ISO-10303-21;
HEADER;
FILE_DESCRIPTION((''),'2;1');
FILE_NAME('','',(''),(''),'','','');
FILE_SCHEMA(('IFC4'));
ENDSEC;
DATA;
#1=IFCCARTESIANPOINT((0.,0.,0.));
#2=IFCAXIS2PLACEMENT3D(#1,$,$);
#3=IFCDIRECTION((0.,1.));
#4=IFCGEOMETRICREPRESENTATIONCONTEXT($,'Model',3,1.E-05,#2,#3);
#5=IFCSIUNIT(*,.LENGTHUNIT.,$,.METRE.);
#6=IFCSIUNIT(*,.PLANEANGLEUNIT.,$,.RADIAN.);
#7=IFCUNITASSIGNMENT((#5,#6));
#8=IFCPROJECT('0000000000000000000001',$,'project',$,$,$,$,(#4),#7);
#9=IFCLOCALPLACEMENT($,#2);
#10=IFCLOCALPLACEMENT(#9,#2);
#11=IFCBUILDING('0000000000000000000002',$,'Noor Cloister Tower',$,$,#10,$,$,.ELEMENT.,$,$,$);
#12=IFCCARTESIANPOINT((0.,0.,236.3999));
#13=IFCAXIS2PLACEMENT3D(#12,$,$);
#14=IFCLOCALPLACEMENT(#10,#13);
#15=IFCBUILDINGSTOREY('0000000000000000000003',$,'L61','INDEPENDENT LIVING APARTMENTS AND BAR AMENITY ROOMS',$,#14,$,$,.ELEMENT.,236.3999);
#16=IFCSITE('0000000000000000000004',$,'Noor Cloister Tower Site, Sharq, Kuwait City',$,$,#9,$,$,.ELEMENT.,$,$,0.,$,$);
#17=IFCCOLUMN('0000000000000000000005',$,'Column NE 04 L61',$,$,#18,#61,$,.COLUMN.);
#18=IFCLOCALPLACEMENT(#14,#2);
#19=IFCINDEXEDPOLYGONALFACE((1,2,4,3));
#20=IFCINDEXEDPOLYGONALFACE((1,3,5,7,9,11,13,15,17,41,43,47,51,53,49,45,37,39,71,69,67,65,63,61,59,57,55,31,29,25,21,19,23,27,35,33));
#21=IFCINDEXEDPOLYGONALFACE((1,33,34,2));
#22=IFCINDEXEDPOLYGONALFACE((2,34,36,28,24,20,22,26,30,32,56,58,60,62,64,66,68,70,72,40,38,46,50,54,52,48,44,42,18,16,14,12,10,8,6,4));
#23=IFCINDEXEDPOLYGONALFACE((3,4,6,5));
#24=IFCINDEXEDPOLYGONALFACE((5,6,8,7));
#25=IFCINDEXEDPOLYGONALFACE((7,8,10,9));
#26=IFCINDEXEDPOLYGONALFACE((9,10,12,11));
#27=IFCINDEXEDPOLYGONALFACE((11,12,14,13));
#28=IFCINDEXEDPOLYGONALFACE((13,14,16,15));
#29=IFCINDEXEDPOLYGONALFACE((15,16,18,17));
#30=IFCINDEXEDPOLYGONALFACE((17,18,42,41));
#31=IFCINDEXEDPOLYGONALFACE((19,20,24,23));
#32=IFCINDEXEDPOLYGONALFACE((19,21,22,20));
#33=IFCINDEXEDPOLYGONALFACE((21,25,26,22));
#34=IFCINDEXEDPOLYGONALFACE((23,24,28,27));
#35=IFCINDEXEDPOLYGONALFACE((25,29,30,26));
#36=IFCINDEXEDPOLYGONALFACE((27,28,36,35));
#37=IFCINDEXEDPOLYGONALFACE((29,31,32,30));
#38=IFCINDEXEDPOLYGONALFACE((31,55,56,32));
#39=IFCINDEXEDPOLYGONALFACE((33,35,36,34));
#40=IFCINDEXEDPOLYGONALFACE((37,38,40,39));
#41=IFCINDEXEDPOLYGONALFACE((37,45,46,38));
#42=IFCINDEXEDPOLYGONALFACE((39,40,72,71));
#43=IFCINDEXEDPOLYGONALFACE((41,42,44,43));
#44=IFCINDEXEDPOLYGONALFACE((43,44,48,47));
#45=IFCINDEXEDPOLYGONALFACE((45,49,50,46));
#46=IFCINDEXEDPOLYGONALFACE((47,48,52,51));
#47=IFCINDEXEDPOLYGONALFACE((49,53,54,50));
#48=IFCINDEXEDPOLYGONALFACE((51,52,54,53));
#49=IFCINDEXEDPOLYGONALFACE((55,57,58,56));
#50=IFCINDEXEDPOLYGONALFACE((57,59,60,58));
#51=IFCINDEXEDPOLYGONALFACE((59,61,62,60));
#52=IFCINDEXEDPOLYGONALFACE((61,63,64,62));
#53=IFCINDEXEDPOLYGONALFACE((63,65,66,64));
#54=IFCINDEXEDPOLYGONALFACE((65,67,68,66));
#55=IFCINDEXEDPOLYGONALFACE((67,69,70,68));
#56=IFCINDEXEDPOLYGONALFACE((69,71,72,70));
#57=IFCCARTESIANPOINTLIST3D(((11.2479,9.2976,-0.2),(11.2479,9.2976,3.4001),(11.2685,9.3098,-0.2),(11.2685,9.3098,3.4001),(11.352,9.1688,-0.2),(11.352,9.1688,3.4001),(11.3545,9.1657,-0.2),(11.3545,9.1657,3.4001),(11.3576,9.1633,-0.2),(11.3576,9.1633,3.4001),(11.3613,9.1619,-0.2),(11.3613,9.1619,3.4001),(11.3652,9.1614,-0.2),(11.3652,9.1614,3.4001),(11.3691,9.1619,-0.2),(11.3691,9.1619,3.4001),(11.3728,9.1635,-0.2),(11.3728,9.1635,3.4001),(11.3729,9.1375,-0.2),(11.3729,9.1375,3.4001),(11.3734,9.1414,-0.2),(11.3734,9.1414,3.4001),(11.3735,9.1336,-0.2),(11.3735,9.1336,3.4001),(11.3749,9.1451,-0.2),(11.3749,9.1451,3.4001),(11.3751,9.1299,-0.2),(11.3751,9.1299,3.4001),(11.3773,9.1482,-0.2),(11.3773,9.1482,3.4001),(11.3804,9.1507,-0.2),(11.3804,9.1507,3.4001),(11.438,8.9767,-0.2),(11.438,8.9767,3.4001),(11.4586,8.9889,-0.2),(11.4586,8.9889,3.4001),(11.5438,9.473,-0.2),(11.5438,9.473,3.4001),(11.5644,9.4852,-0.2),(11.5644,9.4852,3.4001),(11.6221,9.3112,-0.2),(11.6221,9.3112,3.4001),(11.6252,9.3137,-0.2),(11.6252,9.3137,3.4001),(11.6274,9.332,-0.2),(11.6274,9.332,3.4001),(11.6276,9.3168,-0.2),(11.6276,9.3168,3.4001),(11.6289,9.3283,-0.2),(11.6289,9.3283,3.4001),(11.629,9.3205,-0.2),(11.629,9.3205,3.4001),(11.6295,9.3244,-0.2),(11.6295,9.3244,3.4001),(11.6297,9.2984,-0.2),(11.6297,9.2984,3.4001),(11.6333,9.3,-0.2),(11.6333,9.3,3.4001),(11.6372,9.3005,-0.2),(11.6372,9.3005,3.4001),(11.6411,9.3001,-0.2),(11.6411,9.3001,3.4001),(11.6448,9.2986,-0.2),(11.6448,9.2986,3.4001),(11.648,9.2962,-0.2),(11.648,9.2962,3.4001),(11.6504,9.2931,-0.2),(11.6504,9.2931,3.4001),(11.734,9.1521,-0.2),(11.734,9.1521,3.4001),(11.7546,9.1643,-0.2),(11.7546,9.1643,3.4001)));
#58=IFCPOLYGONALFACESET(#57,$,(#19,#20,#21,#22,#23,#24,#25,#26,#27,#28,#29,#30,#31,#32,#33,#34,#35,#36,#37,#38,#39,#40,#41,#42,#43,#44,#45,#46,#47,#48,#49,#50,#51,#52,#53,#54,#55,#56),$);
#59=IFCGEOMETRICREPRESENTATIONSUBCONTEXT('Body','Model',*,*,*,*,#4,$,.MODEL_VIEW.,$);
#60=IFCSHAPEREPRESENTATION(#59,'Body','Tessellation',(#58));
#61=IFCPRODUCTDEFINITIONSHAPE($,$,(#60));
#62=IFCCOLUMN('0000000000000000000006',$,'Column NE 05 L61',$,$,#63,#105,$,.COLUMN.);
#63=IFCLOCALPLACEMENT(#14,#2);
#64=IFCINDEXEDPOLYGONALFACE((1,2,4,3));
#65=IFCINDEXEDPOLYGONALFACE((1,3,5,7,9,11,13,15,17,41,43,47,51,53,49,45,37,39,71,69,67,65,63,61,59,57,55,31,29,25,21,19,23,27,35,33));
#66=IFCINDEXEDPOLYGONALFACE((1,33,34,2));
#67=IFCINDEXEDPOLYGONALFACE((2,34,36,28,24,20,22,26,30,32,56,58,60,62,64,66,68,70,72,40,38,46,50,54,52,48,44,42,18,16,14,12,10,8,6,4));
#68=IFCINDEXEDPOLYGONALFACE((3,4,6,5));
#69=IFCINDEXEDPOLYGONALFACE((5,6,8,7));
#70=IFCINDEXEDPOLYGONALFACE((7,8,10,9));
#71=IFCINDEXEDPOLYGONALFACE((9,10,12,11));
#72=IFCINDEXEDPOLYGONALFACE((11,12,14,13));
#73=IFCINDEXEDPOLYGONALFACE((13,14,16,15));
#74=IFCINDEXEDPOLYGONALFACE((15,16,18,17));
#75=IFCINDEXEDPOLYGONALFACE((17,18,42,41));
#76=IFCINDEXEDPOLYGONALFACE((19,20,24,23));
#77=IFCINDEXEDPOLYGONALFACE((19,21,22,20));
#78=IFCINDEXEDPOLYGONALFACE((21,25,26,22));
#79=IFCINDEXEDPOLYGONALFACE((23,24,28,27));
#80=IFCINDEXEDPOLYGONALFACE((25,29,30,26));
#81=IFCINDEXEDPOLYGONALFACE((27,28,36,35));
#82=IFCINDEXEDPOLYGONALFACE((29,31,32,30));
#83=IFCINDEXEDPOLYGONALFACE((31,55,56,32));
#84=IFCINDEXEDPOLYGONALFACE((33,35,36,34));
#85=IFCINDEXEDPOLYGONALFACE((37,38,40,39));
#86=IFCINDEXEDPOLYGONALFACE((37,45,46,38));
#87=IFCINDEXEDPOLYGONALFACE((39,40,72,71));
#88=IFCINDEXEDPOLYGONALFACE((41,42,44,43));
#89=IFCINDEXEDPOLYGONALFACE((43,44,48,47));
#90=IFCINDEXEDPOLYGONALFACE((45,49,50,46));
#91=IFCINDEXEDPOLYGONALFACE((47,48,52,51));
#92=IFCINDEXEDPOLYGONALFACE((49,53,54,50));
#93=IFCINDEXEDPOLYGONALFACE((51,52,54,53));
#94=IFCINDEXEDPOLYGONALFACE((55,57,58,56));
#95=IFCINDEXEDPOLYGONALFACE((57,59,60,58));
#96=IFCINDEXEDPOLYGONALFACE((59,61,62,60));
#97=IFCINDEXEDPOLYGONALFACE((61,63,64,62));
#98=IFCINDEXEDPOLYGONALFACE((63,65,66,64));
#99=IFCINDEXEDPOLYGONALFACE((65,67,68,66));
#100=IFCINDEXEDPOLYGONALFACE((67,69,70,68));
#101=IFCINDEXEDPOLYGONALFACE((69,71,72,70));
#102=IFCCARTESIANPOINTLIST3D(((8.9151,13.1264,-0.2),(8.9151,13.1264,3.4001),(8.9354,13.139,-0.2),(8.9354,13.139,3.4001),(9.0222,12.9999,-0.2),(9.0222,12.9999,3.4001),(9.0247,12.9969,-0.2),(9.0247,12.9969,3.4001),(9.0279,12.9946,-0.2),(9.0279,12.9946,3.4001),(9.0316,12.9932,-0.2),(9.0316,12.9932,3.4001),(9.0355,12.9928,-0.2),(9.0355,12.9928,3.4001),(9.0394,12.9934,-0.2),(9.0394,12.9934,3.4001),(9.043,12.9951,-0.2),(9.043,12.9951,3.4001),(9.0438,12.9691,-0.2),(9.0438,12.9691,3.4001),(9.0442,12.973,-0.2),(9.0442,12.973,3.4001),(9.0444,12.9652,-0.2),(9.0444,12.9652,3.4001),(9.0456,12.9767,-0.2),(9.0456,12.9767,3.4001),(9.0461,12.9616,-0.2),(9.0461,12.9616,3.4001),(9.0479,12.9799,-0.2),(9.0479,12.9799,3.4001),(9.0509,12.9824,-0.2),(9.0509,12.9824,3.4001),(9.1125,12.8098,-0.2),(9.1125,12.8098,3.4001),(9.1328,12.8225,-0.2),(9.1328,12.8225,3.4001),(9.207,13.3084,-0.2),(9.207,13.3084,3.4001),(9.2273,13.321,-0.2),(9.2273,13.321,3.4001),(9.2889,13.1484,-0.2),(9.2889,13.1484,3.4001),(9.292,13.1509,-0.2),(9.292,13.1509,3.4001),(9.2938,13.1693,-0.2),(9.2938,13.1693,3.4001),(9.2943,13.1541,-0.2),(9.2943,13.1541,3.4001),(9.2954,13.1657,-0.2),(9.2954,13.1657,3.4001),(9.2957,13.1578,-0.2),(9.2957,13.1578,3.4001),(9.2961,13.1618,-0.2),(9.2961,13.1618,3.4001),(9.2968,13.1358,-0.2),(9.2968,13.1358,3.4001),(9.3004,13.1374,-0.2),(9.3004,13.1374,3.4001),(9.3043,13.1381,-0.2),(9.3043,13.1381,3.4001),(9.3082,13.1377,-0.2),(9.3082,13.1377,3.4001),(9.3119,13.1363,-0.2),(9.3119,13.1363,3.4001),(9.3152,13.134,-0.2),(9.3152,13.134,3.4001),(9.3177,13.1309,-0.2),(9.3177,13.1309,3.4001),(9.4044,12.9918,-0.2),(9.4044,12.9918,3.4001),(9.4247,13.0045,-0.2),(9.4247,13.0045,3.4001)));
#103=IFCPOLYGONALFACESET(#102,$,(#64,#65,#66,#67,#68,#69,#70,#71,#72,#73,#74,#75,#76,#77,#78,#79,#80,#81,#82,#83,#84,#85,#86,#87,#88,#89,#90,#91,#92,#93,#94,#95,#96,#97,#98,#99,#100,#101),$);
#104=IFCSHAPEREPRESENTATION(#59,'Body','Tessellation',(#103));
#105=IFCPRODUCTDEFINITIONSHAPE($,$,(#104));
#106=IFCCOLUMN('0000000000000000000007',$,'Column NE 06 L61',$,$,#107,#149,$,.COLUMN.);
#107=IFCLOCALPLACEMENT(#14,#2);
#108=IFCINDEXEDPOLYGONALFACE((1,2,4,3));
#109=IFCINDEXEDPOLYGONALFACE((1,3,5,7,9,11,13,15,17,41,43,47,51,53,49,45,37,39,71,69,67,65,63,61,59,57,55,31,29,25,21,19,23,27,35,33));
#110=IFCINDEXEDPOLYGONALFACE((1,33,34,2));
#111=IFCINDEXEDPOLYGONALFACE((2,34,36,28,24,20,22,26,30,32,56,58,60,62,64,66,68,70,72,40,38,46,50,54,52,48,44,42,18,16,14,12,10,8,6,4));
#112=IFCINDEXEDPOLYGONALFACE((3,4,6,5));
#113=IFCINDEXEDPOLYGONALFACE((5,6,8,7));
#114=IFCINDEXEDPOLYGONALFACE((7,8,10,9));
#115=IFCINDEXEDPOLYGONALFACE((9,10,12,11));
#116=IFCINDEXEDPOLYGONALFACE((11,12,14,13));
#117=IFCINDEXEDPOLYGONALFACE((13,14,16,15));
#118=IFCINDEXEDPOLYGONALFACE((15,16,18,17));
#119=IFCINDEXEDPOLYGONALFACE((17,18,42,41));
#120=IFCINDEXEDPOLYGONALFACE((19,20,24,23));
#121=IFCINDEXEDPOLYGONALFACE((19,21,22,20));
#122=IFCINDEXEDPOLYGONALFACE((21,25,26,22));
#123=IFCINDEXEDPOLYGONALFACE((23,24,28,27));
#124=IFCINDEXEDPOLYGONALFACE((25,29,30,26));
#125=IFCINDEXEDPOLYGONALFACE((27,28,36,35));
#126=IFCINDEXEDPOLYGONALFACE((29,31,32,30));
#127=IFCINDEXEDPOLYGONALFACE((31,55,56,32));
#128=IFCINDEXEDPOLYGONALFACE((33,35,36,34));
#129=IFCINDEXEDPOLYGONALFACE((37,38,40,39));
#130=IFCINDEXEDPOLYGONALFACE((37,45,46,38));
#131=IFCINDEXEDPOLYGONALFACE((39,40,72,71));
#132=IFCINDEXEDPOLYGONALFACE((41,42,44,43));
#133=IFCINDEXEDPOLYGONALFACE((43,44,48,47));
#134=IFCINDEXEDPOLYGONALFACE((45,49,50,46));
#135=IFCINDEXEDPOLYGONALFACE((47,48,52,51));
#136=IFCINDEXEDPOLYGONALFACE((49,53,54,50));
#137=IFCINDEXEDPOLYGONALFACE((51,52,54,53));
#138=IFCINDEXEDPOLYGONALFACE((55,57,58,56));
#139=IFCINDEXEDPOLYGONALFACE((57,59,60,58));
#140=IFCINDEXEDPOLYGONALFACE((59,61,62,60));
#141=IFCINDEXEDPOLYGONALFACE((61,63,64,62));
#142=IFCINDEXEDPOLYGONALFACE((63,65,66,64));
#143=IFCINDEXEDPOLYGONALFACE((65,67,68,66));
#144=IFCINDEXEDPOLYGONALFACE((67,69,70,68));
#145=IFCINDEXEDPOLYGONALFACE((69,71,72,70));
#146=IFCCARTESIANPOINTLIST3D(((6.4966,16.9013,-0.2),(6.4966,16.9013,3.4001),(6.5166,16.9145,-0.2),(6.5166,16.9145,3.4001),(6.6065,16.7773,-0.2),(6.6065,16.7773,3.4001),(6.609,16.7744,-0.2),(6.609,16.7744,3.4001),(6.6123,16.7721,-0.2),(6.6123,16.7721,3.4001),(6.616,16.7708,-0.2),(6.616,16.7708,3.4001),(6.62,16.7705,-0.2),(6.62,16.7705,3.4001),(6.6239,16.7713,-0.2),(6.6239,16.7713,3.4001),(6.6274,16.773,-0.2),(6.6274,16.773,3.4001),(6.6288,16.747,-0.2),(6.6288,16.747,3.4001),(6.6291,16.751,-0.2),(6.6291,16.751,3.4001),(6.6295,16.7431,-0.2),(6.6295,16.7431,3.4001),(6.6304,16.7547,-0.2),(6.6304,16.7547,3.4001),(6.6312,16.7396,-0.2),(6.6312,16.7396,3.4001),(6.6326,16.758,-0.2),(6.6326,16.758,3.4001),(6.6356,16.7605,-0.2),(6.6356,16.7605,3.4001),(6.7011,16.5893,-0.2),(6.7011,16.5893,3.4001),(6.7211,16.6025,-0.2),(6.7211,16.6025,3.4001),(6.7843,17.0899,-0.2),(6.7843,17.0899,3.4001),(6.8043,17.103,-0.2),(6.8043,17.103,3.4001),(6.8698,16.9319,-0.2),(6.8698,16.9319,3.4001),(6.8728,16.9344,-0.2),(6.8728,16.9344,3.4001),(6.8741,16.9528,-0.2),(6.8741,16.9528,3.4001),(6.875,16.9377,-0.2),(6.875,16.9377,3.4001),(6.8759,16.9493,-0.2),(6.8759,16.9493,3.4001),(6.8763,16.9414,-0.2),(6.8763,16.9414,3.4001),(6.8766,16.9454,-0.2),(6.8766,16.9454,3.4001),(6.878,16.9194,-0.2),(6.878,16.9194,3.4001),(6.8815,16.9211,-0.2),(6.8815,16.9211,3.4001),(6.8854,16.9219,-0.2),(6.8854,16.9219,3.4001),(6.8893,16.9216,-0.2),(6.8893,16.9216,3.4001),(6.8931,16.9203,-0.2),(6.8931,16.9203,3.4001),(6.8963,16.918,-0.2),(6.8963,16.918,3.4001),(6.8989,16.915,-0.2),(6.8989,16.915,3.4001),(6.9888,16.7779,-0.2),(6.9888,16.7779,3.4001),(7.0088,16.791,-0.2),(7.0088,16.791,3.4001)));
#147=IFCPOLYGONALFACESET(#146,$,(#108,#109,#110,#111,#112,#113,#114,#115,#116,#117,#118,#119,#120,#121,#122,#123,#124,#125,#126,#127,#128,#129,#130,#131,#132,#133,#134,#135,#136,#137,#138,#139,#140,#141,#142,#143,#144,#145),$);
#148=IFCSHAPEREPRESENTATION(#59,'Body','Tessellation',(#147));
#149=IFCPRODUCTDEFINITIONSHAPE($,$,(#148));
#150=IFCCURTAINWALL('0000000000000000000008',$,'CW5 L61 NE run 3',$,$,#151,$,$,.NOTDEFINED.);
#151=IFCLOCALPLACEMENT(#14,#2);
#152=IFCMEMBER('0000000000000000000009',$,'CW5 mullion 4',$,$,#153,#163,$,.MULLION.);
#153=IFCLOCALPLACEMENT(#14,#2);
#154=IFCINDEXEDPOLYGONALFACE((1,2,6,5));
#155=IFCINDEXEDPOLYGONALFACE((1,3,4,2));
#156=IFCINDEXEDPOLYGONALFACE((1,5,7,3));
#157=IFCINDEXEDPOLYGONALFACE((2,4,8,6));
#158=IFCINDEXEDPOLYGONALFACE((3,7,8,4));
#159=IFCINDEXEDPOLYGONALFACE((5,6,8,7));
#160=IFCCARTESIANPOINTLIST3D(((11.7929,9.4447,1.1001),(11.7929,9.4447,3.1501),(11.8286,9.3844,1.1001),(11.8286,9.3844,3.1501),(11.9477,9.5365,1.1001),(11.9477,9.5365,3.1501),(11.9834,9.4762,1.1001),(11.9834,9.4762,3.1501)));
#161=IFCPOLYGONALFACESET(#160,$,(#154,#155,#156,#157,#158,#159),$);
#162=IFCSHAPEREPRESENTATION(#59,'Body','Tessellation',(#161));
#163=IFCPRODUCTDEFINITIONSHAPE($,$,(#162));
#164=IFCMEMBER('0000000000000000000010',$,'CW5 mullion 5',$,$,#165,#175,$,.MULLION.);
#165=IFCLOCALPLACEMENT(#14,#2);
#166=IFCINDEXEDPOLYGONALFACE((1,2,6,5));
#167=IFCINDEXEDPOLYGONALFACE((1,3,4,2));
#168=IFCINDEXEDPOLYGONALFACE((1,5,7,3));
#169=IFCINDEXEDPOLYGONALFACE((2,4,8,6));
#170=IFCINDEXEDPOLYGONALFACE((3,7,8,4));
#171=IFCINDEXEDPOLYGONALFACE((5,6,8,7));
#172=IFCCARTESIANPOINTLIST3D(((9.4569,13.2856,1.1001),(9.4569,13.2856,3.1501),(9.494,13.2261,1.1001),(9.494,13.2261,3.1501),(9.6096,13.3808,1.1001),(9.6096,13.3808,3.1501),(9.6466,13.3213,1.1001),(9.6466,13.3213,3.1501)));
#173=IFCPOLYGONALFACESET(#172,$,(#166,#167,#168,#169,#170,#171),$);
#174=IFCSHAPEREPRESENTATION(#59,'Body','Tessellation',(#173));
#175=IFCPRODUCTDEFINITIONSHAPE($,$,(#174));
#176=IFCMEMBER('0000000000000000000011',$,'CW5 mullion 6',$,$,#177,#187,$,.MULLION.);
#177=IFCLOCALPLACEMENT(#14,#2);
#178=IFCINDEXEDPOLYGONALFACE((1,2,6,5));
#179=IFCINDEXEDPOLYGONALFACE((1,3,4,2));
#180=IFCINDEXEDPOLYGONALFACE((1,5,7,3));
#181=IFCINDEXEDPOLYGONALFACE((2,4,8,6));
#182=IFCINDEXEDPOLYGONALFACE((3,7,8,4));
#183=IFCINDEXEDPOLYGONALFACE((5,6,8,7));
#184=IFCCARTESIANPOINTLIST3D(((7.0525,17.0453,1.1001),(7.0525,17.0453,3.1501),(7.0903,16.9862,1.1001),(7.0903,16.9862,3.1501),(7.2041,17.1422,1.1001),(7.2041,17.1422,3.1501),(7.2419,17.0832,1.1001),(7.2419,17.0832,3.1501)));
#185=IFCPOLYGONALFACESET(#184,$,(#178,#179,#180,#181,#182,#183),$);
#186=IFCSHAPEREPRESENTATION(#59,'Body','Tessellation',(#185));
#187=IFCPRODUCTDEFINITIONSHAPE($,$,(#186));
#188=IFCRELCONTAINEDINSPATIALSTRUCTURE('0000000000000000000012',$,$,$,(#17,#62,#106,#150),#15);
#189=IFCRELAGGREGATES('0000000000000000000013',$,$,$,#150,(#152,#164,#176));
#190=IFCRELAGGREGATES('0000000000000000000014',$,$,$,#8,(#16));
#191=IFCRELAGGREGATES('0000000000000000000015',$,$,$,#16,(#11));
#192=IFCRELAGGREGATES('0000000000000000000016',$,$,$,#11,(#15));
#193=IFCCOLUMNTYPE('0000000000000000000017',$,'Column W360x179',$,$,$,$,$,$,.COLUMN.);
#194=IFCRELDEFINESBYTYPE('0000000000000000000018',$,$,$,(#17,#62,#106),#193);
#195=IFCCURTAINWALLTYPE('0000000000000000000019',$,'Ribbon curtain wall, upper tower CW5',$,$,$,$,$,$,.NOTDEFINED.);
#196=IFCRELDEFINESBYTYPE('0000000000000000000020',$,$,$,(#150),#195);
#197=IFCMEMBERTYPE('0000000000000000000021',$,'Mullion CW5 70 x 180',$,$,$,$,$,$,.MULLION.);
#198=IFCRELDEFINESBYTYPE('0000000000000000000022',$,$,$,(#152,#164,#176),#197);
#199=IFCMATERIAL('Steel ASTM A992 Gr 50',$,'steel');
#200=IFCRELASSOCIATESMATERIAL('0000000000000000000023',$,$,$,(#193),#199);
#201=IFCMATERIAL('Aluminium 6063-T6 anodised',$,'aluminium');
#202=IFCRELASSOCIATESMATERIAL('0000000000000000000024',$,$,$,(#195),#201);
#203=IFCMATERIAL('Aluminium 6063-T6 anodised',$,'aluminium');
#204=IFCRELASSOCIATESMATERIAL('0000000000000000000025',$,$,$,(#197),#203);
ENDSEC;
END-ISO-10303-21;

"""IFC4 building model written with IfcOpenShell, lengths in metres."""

from ifc_helpers import new_model, si_unit, direction, frame, origin, origin_2d, place, context, subcontext, project, spatial, rectangle, i_section, extrude, material, material_profile, profile_set, type_object, element, aggregate, save


model = new_model("IFC4")

# Units and contexts
model_context = context("Model", 3, precision=1e-05, world=origin(), true_north=direction((0.0, 1.0)))
body_context = subcontext(model_context, "Body", "Model", "MODEL_VIEW")
ifc_project = project(units=[si_unit("LENGTHUNIT", "METRE"), si_unit("PLANEANGLEUNIT", "RADIAN")], contexts=[model_context])

# Site, building, storey
site_placement = place(None, origin())
site = spatial("IfcSite", under=ifc_project, at=site_placement, Name="Noor Cloister Tower Site, Sharq, Kuwait City", CompositionType="ELEMENT", RefElevation=0.0)
building_placement = place(site_placement, origin())
building = spatial("IfcBuilding", under=site, at=building_placement, Name="Noor Cloister Tower", CompositionType="ELEMENT")
storey_placement = place(building_placement, frame((0.0, 0.0, 236.3999)))
storey = spatial("IfcBuildingStorey", under=building, at=storey_placement, Name="L61", Description="INDEPENDENT LIVING APARTMENTS AND BAR AMENITY ROOMS", CompositionType="ELEMENT", Elevation=236.3999)

# Columns
ifc_material_1 = material(Name="Steel ASTM A992 Gr 50", Category="steel")
ifc_material_profile_1 = material_profile(ifc_material_1, i_section(OverallWidth=0.373, OverallDepth=0.3679, WebThickness=0.0149, FlangeThickness=0.0239, FilletRadius=0.0151, at=origin_2d()), Name="W360x179")
ifc_profile_set_1 = profile_set([ifc_material_profile_1], Name="Steel ASTM A992 Gr 50")
column_type = type_object("IfcColumnType", Name="Column W360x179", PredefinedType="COLUMN", material=ifc_profile_set_1)
for number, where, z_axis, x_axis, name in (
    (1, (11.5012, 9.231, -0.2), (0.0, 0.0, 1.0), (-0.509776, 0.860307, 0.0), "Column NE 04 L61"),
    (2, (9.1699, 13.0654, -0.2), (0.0, 0.0, 1.0), (-0.52913, 0.848541, 0.0), "Column NE 05 L61"),
    (3, (6.7527, 16.8462, -0.2), (0.0, 0.0, 1.0), (-0.548212, 0.836339, 0.0), "Column NE 06 L61"),
):
    element("IfcColumn", number, at=place(storey_placement, frame(where, z_axis=z_axis, x_axis=x_axis)), inside=storey, type_object=column_type, Name=name, PredefinedType="COLUMN", context=body_context, shape_type="SweptSolid", body=[
        extrude(i_section(OverallWidth=0.373, OverallDepth=0.3679, WebThickness=0.0149, FlangeThickness=0.0239, FilletRadius=0.0151, at=origin_2d()), origin(), (0.0, 0.0, 1.0), 3.6001),
    ])

# Curtain wall, members
ifc_material_2 = material(Name="Aluminium 6063-T6 anodised", Category="aluminium")
curtain_wall_type = type_object("IfcCurtainWallType", Name="Ribbon curtain wall, upper tower CW5", PredefinedType="NOTDEFINED", material=ifc_material_2)
curtain_wall_placement = place(storey_placement, origin())
curtain_wall = element("IfcCurtainWall", 4, at=curtain_wall_placement, inside=storey, type_object=curtain_wall_type, Name="CW5 L61 NE run 3", PredefinedType="NOTDEFINED")
ifc_material_3 = material(Name="Aluminium 6063-T6 anodised", Category="aluminium")
ifc_material_profile_2 = material_profile(ifc_material_3, rectangle(XDim=0.1799, YDim=0.0701, at=origin_2d()), Name="180 x 70 mullion")
ifc_profile_set_2 = profile_set([ifc_material_profile_2], Name="Aluminium 6063-T6 anodised")
member_type = type_object("IfcMemberType", Name="Mullion CW5 70 x 180", PredefinedType="MULLION", material=ifc_profile_set_2)
member_1_placement = place(storey_placement, frame((11.8882, 9.4604, 1.1001), z_axis=(0.0, 0.0, 1.0), x_axis=(-0.860307, -0.509776, 0.0)))
member_1 = element("IfcMember", 5, at=member_1_placement, type_object=member_type, Name="CW5 mullion 4", PredefinedType="MULLION", context=body_context, shape_type="SweptSolid", body=[
    extrude(rectangle(XDim=0.1799, YDim=0.0701, at=origin_2d()), origin(), (0.0, 0.0, 1.0), 2.05),
])
member_2_placement = place(storey_placement, frame((9.5518, 13.3035, 1.1001), z_axis=(0.0, 0.0, 1.0), x_axis=(-0.848541, -0.52913, 0.0)))
member_2 = element("IfcMember", 6, at=member_2_placement, type_object=member_type, Name="CW5 mullion 5", PredefinedType="MULLION", context=body_context, shape_type="SweptSolid", body=[
    extrude(rectangle(XDim=0.1799, YDim=0.0701, at=origin_2d()), origin(), (0.0, 0.0, 1.0), 2.05),
])
member_3_placement = place(storey_placement, frame((7.1472, 17.0642, 1.1001), z_axis=(0.0, 0.0, 1.0), x_axis=(-0.842494, -0.538705, 0.0)))
member_3 = element("IfcMember", 7, at=member_3_placement, type_object=member_type, Name="CW5 mullion 6", PredefinedType="MULLION", context=body_context, shape_type="SweptSolid", body=[
    extrude(rectangle(XDim=0.1799, YDim=0.0701, at=origin_2d()), origin(), (0.0, 0.0, 1.0), 2.05),
])

aggregate(curtain_wall, [member_1, member_2, member_3])

save(model, "model.ifc")
